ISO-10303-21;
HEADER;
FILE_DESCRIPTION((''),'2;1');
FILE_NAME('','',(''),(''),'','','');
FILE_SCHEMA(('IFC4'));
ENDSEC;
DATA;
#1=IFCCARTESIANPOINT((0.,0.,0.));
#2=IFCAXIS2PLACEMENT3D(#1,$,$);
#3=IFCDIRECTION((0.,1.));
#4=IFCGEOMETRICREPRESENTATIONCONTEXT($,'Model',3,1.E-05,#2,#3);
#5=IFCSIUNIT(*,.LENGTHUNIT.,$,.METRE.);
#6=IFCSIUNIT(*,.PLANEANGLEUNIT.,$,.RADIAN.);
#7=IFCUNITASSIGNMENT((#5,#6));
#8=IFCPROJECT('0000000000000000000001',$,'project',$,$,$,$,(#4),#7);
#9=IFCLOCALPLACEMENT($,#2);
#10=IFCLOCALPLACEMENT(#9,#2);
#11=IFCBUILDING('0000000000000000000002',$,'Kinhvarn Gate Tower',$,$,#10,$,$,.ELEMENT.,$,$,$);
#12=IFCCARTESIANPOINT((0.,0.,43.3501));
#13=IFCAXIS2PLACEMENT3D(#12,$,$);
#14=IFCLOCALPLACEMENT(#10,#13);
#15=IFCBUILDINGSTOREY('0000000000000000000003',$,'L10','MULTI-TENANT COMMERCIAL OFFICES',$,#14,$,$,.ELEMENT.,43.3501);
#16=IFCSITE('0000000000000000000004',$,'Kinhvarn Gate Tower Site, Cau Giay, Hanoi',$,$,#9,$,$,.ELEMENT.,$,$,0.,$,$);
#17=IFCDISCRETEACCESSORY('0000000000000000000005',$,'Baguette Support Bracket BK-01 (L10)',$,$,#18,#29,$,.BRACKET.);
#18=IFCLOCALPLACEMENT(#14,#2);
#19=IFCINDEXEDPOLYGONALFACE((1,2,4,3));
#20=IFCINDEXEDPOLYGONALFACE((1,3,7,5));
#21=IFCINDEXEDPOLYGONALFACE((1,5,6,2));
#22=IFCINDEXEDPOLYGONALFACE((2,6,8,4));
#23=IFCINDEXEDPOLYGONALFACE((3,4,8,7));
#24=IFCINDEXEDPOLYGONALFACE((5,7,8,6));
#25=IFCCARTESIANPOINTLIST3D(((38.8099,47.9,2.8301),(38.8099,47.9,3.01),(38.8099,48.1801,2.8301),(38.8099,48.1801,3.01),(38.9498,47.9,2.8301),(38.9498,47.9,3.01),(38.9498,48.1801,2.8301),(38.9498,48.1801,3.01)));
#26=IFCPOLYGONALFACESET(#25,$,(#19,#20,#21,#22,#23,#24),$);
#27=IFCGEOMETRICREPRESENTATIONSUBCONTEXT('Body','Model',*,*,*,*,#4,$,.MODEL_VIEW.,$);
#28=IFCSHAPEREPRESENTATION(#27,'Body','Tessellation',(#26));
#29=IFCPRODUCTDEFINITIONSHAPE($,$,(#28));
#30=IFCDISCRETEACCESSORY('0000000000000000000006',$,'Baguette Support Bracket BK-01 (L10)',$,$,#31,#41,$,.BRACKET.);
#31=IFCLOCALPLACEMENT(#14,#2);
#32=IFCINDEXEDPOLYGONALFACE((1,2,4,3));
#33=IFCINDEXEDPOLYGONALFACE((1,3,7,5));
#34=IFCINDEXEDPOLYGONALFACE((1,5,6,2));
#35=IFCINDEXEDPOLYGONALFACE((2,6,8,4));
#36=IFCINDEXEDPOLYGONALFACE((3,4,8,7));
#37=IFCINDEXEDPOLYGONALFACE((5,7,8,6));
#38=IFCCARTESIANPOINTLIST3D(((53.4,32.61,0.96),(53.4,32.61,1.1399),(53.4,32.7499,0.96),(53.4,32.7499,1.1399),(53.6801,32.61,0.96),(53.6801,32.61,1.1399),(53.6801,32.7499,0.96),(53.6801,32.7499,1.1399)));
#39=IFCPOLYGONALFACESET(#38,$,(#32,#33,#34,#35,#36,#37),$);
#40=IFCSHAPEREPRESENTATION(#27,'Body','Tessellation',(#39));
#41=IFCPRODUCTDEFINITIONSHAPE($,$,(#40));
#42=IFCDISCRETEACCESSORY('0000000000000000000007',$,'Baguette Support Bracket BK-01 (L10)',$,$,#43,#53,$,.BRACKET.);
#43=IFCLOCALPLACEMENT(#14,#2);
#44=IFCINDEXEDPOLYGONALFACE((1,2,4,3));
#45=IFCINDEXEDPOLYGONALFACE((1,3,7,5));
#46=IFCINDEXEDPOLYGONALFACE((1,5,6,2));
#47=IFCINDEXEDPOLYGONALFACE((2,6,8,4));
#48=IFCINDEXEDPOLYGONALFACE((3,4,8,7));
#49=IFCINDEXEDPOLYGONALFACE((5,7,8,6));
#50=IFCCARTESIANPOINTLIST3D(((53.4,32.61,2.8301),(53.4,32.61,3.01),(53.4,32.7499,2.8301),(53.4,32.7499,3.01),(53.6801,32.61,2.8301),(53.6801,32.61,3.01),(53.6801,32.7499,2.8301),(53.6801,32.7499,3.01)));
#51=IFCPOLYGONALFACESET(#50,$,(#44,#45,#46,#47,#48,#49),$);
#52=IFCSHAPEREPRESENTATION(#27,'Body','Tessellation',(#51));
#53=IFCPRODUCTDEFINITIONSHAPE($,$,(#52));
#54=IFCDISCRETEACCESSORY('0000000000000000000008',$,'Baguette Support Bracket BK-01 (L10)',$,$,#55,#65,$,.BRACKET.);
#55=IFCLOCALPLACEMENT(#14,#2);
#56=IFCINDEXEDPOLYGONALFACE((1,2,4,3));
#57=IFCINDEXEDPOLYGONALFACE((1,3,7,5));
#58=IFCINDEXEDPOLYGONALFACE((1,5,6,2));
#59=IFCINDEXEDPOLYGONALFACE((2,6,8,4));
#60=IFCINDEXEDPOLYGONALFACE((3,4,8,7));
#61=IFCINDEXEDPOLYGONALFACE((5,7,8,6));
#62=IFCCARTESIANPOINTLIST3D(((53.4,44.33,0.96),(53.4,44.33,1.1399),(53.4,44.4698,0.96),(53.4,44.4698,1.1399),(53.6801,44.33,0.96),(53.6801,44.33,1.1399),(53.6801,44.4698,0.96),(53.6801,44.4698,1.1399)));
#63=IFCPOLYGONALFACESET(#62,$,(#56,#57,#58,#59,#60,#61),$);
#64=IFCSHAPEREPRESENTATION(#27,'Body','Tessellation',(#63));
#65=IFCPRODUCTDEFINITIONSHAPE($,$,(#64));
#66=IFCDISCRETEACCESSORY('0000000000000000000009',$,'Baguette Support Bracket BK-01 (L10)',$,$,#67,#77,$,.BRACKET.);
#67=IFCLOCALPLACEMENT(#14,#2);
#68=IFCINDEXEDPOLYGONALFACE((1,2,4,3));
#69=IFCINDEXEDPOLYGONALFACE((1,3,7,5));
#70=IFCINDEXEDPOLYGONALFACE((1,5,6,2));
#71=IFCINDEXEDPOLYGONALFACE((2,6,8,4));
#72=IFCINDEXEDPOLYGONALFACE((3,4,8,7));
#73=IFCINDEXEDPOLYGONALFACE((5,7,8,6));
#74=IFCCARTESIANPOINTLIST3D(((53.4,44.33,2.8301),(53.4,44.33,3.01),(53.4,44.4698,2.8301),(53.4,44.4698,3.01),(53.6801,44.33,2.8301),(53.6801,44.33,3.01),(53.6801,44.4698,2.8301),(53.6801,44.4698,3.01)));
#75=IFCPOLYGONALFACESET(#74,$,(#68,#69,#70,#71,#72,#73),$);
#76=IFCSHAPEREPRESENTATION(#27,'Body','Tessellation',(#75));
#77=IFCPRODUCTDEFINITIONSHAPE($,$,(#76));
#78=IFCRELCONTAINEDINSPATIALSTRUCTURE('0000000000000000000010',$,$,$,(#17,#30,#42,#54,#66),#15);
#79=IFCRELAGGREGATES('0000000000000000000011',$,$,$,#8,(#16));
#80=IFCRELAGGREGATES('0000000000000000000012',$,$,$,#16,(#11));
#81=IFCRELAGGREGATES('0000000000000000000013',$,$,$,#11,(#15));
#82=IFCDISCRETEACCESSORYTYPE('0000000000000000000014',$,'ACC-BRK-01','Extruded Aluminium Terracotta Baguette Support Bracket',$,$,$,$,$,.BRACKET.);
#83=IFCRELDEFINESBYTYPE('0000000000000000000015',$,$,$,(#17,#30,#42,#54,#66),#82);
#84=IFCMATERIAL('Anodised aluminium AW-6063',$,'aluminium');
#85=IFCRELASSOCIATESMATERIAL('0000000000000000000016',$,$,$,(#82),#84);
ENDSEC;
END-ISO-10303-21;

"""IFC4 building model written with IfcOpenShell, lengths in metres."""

from ifc_helpers import new_model, si_unit, direction, frame, origin, origin_2d, place, context, subcontext, project, spatial, rectangle, extrude, material, type_object, element, save


model = new_model("IFC4")

# Units and contexts
model_context = context("Model", 3, precision=1e-05, world=origin(), true_north=direction((0.0, 1.0)))
body_context = subcontext(model_context, "Body", "Model", "MODEL_VIEW")
ifc_project = project(units=[si_unit("LENGTHUNIT", "METRE"), si_unit("PLANEANGLEUNIT", "RADIAN")], contexts=[model_context])

# Site, building, storey
site_placement = place(None, origin())
site = spatial("IfcSite", under=ifc_project, at=site_placement, Name="Kinhvarn Gate Tower Site, Cau Giay, Hanoi", CompositionType="ELEMENT", RefElevation=0.0)
building_placement = place(site_placement, origin())
building = spatial("IfcBuilding", under=site, at=building_placement, Name="Kinhvarn Gate Tower", CompositionType="ELEMENT")
storey_placement = place(building_placement, frame((0.0, 0.0, 43.3501)))
storey = spatial("IfcBuildingStorey", under=building, at=storey_placement, Name="L10", Description="MULTI-TENANT COMMERCIAL OFFICES", CompositionType="ELEMENT", Elevation=43.3501)

# Shared definitions
ifc_material_1 = material(Name="Anodised aluminium AW-6063", Category="aluminium")

# Discrete accessories
discrete_accessory_type = type_object("IfcDiscreteAccessoryType", Name="ACC-BRK-01", Description="Extruded Aluminium Terracotta Baguette Support Bracket", PredefinedType="BRACKET", material=ifc_material_1)
for number, where, z_axis, x_axis, name in (
    (1, (38.8799, 48.04, 2.8301), (0.0, 0.0, 1.0), (-1.0, 0.0, 0.0), "Baguette Support Bracket BK-01 (L10)"),
    (2, (53.54, 32.6799, 0.96), (0.0, 0.0, 1.0), (0.0, 1.0, 0.0), "Baguette Support Bracket BK-01 (L10)"),
    (3, (53.54, 32.6799, 2.8301), (0.0, 0.0, 1.0), (0.0, 1.0, 0.0), "Baguette Support Bracket BK-01 (L10)"),
    (4, (53.54, 44.3999, 0.96), (0.0, 0.0, 1.0), (0.0, 1.0, 0.0), "Baguette Support Bracket BK-01 (L10)"),
    (5, (53.54, 44.3999, 2.8301), (0.0, 0.0, 1.0), (0.0, 1.0, 0.0), "Baguette Support Bracket BK-01 (L10)"),
):
    element("IfcDiscreteAccessory", number, at=place(storey_placement, frame(where, z_axis=z_axis, x_axis=x_axis)), inside=storey, type_object=discrete_accessory_type, Name=name, PredefinedType="BRACKET", context=body_context, shape_type="SweptSolid", body=[
        extrude(rectangle(XDim=0.1399, YDim=0.28, at=origin_2d()), origin(), (0.0, 0.0, 1.0), 0.1799),
    ])

save(model, "model.ifc")
